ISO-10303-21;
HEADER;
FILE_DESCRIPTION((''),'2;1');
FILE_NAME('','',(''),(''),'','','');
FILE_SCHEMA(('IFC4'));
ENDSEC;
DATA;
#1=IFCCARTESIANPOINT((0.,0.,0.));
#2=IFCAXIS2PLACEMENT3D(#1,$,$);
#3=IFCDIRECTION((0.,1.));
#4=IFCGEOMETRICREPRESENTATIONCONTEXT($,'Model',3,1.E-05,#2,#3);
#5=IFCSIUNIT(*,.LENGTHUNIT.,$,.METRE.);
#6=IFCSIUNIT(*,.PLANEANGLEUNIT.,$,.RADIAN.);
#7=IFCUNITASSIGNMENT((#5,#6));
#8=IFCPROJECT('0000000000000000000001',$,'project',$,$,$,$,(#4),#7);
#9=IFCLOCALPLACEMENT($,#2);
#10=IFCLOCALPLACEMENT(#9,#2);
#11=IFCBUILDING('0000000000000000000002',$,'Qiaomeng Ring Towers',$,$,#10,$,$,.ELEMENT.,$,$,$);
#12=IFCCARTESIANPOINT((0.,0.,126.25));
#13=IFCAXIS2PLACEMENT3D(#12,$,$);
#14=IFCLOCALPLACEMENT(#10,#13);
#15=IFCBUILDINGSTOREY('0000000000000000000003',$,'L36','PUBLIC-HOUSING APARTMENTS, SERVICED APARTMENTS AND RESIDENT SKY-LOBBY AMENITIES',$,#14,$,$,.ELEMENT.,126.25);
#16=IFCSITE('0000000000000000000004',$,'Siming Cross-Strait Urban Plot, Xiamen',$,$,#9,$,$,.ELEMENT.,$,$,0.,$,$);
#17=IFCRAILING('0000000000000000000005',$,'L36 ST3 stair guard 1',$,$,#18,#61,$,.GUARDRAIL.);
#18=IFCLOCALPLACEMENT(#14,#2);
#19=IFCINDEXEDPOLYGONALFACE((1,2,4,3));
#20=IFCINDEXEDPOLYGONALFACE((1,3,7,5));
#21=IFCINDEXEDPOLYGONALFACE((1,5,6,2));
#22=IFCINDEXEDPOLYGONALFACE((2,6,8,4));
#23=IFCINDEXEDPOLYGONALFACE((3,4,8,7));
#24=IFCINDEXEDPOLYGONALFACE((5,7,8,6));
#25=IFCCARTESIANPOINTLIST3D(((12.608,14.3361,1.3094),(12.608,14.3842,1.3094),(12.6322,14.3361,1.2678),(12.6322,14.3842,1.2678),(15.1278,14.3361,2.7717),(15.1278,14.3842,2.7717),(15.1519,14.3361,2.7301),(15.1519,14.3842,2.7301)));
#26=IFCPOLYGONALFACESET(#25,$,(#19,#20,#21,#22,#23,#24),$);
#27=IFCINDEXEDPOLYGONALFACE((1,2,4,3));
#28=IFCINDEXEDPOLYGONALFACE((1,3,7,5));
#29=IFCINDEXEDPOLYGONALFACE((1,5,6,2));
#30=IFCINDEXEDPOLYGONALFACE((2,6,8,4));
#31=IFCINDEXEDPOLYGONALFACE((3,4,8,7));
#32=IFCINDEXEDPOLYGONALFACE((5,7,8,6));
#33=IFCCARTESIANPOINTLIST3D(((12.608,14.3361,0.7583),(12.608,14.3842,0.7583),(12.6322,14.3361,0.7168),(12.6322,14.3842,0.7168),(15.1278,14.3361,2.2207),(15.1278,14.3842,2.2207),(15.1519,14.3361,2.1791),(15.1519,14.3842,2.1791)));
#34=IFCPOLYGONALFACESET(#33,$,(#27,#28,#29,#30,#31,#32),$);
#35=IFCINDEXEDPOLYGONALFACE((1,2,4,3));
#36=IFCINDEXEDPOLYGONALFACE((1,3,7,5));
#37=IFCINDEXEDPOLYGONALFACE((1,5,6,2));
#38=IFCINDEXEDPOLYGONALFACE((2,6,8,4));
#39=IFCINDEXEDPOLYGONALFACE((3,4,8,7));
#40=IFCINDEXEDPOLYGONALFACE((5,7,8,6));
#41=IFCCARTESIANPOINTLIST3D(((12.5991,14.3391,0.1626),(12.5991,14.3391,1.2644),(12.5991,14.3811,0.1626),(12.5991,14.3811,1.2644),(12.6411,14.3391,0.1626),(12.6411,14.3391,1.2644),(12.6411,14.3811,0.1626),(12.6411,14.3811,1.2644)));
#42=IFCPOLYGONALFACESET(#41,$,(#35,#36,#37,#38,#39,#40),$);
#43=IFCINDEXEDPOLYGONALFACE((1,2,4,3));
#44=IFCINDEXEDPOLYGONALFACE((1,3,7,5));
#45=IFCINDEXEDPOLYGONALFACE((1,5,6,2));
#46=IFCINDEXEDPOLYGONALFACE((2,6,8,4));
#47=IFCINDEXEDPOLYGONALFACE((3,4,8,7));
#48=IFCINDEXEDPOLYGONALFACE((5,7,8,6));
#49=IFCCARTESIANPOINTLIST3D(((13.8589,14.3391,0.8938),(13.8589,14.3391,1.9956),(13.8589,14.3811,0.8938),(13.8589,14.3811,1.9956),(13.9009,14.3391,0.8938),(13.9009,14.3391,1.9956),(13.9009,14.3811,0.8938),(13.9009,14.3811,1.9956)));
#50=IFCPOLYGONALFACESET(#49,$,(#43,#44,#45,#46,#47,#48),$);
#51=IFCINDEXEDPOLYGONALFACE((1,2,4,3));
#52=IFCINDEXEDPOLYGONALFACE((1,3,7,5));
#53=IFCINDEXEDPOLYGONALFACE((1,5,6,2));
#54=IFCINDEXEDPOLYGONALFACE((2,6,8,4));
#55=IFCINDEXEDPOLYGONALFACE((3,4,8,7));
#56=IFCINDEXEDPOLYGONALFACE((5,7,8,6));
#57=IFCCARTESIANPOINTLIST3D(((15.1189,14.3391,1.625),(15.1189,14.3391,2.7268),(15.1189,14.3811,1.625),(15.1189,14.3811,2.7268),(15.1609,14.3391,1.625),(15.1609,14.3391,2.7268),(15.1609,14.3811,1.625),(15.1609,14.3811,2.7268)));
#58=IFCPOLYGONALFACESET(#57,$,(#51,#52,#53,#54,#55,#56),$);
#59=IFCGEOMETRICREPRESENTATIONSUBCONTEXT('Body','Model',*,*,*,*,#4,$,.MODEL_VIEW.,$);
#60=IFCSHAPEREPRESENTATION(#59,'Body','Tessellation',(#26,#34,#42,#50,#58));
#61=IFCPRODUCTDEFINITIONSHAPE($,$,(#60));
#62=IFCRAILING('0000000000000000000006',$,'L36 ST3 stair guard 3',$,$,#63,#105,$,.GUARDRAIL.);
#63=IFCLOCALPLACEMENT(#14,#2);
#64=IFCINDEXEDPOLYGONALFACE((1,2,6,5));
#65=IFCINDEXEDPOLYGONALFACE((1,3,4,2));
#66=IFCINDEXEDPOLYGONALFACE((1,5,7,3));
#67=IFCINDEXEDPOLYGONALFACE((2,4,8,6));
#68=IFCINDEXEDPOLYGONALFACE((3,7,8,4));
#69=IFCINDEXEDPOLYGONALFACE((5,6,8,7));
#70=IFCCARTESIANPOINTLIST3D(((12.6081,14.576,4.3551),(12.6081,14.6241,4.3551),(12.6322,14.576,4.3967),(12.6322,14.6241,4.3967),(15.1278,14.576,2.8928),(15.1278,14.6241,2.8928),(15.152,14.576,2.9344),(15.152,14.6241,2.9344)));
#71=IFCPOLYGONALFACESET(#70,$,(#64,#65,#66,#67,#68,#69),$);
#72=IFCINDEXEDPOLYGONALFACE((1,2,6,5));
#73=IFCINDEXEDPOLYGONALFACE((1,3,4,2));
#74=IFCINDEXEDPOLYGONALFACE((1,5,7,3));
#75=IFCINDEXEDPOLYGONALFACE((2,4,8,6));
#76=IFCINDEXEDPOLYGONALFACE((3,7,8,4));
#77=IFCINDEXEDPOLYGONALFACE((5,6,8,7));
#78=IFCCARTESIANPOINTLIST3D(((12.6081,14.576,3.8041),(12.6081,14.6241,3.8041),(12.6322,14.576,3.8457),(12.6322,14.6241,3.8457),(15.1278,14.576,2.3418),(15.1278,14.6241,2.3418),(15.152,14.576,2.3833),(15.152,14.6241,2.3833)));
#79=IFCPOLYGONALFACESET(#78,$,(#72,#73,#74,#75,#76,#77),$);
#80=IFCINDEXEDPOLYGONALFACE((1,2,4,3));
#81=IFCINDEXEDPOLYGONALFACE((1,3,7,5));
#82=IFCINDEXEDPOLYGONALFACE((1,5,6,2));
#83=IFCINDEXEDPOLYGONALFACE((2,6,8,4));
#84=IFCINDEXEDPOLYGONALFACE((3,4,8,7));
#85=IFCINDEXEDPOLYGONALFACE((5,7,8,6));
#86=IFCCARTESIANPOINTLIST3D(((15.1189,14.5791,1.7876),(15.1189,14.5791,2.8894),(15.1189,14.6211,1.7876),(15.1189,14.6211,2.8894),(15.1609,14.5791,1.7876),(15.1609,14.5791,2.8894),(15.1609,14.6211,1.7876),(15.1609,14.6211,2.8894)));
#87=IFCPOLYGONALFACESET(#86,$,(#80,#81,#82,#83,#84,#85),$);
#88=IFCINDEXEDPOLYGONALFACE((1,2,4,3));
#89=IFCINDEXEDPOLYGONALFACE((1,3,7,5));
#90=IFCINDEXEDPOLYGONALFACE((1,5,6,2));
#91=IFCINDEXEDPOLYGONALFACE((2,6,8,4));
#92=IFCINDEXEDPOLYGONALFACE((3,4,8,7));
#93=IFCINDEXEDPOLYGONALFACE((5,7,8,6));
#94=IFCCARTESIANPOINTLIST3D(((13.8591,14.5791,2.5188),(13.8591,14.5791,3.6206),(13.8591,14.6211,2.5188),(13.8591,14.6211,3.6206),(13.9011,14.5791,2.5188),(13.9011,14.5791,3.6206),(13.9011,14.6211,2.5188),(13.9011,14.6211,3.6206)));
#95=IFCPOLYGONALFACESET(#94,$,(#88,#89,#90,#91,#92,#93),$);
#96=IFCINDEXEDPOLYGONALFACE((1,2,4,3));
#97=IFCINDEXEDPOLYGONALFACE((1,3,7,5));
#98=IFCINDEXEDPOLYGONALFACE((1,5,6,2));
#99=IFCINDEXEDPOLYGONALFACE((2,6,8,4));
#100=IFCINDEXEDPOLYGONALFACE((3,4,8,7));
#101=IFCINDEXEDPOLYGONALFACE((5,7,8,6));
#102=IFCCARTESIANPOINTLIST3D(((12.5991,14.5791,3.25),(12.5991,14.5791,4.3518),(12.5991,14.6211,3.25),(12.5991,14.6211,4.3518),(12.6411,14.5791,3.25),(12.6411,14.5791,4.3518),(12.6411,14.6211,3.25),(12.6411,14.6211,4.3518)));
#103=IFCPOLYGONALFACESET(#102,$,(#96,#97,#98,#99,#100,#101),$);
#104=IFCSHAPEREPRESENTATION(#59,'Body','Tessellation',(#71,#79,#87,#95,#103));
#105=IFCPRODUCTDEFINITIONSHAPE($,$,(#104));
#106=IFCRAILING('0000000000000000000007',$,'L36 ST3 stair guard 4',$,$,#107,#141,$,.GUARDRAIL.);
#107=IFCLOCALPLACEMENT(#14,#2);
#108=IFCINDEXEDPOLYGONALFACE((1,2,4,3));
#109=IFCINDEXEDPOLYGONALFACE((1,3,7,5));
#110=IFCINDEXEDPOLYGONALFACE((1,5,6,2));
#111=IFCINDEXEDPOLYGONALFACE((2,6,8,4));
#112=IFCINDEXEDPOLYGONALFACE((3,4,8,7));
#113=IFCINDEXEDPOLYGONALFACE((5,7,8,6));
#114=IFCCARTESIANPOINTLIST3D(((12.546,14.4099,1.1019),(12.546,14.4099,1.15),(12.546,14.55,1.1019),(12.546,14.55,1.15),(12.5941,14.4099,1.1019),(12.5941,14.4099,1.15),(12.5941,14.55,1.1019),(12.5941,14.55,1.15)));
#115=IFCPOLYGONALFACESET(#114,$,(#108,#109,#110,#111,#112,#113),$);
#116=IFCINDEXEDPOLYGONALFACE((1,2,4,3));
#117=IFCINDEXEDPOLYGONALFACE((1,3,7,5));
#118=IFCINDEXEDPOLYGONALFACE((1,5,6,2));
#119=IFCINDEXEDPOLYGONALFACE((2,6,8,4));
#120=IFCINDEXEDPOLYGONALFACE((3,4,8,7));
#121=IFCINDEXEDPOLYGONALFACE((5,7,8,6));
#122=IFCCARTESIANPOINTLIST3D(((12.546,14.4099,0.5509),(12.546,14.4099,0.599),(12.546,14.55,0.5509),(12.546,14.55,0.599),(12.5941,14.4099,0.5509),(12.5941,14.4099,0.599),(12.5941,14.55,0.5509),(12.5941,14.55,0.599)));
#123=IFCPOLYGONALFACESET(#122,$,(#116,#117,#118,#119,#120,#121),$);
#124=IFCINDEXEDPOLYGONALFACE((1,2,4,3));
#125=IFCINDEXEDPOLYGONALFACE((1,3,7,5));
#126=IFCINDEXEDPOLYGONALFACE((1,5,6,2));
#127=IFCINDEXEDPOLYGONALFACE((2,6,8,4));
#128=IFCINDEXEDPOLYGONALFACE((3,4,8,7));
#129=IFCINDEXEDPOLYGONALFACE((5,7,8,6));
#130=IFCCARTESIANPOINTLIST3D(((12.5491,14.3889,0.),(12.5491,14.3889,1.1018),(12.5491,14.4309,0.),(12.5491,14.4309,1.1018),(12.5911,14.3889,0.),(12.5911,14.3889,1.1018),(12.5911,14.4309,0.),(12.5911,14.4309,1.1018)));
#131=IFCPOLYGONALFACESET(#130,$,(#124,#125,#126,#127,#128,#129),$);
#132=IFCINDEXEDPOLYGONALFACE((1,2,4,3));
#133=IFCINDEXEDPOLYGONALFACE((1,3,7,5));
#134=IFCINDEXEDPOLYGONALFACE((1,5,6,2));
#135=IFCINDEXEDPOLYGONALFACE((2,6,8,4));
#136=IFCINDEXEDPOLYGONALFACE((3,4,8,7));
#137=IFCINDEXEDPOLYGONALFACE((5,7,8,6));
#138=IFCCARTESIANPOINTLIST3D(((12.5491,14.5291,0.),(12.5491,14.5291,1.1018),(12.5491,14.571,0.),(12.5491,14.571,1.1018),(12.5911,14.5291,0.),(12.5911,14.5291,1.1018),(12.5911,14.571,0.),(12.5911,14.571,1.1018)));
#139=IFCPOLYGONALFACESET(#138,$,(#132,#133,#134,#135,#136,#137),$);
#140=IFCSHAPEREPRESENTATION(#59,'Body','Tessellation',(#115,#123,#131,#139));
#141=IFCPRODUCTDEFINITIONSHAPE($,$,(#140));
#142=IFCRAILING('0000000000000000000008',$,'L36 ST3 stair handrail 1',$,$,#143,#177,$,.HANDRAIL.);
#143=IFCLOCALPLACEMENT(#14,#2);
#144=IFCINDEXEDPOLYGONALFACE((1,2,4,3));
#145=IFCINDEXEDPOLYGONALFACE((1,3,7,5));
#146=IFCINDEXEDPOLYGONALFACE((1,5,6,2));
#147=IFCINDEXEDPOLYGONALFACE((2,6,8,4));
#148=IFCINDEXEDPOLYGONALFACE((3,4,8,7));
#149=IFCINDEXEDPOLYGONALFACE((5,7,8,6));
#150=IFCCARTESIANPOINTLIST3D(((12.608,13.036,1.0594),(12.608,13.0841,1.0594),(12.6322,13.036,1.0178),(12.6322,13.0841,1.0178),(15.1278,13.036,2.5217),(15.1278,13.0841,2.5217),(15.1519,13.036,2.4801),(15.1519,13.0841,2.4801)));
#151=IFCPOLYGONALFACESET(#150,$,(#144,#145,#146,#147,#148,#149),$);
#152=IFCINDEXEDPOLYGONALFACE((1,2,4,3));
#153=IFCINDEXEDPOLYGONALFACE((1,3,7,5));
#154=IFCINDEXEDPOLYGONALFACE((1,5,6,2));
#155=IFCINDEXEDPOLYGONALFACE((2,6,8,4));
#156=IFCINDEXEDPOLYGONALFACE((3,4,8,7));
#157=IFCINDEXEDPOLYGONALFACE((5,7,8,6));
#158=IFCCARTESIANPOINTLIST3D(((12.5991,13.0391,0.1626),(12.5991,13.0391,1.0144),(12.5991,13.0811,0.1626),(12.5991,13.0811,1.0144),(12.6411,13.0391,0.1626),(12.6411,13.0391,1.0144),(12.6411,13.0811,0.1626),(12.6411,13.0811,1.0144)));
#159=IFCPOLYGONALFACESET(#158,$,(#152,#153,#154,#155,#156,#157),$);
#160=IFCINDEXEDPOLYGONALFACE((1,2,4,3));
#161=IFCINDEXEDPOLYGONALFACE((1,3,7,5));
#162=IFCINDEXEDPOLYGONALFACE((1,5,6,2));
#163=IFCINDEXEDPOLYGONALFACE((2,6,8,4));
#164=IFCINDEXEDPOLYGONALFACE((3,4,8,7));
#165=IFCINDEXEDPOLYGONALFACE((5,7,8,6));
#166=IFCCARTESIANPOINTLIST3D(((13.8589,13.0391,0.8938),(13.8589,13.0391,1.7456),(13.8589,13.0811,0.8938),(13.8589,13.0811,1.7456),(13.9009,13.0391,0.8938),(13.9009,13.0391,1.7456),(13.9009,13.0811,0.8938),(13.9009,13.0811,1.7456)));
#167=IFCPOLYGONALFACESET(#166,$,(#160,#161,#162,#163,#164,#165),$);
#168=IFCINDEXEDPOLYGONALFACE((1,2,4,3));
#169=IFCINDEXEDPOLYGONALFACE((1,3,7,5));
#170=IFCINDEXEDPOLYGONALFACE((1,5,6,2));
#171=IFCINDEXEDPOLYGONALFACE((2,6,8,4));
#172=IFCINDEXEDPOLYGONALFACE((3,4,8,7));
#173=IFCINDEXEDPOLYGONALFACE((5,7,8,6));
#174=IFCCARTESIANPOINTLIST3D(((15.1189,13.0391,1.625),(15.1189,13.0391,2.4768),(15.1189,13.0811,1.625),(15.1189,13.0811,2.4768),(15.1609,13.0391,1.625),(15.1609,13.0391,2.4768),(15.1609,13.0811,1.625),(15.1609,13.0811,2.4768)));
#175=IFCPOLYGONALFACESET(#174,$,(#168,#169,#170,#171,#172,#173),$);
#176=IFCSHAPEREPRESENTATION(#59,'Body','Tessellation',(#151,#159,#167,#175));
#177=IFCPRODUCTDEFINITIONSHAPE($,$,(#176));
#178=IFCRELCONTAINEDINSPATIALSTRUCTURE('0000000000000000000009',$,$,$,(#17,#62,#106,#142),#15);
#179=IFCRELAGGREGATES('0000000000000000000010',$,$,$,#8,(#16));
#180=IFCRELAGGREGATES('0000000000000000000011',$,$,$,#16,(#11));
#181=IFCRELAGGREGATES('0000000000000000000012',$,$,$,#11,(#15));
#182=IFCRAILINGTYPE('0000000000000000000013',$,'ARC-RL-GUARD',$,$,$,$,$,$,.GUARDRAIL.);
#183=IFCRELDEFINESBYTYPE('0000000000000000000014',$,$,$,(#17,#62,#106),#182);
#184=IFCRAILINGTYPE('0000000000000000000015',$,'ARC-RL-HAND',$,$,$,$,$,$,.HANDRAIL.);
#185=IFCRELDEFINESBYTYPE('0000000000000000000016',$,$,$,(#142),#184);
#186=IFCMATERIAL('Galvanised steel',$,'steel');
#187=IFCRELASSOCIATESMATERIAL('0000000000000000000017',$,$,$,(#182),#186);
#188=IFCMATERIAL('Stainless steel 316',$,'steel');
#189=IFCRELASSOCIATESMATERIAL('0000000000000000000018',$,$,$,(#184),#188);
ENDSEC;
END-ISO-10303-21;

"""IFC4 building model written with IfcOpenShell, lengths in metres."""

from ifc_helpers import new_model, si_unit, direction, frame, origin, origin_2d, place, context, subcontext, project, spatial, rectangle, extrude, material, type_object, element, save


model = new_model("IFC4")

# Units and contexts
model_context = context("Model", 3, precision=1e-05, world=origin(), true_north=direction((0.0, 1.0)))
body_context = subcontext(model_context, "Body", "Model", "MODEL_VIEW")
ifc_project = project(units=[si_unit("LENGTHUNIT", "METRE"), si_unit("PLANEANGLEUNIT", "RADIAN")], contexts=[model_context])

# Site, building, storey
site_placement = place(None, origin())
site = spatial("IfcSite", under=ifc_project, at=site_placement, Name="Siming Cross-Strait Urban Plot, Xiamen", CompositionType="ELEMENT", RefElevation=0.0)
building_placement = place(site_placement, origin())
building = spatial("IfcBuilding", under=site, at=building_placement, Name="Qiaomeng Ring Towers", CompositionType="ELEMENT")
storey_placement = place(building_placement, frame((0.0, 0.0, 126.25)))
storey = spatial("IfcBuildingStorey", under=building, at=storey_placement, Name="L36", Description="PUBLIC-HOUSING APARTMENTS, SERVICED APARTMENTS AND RESIDENT SKY-LOBBY AMENITIES", CompositionType="ELEMENT", Elevation=126.25)

# Shared definitions
ifc_material_1 = material(Name="Galvanised steel", Category="steel")

# Railings
railing_type_1 = type_object("IfcRailingType", Name="ARC-RL-GUARD", PredefinedType="GUARDRAIL", material=ifc_material_1)
railing_1_placement = place(storey_placement, frame((12.6201, 14.3601, 0.1626)))
element("IfcRailing", 1, at=railing_1_placement, inside=storey, type_object=railing_type_1, Name="L36 ST3 stair guard 1", PredefinedType="GUARDRAIL", context=body_context, shape_type="SweptSolid", body=[
    extrude(rectangle(XDim=0.0481, YDim=0.0481, at=origin_2d()), frame((0.0, 0.0, 1.126), z_axis=(0.864892, 0.0, 0.501958), x_axis=(0.0, 1.0, 0.0)), (0.0, 0.0, 1.0), 2.9133),
    extrude(rectangle(XDim=0.0481, YDim=0.0481, at=origin_2d()), frame((0.0, 0.0, 0.575), z_axis=(0.864892, 0.0, 0.501958), x_axis=(0.0, 1.0, 0.0)), (0.0, 0.0, 1.0), 2.9133),
    extrude(rectangle(XDim=0.042, YDim=0.042, at=origin_2d()), origin(), (0.0, 0.0, 1.0), 1.1018),
    extrude(rectangle(XDim=0.042, YDim=0.042, at=origin_2d()), frame((1.2598, 0.0, 0.7312)), (0.0, 0.0, 1.0), 1.1018),
    extrude(rectangle(XDim=0.042, YDim=0.042, at=origin_2d()), frame((2.5198, 0.0, 1.4624)), (0.0, 0.0, 1.0), 1.1018),
])
railing_2_placement = place(storey_placement, frame((15.1399, 14.6001, 1.7876)))
element("IfcRailing", 2, at=railing_2_placement, inside=storey, type_object=railing_type_1, Name="L36 ST3 stair guard 3", PredefinedType="GUARDRAIL", context=body_context, shape_type="SweptSolid", body=[
    extrude(rectangle(XDim=0.0481, YDim=0.0481, at=origin_2d()), frame((0.0, 0.0, 1.126), z_axis=(-0.864892, 0.0, 0.501958), x_axis=(0.0, -1.0, 0.0)), (0.0, 0.0, 1.0), 2.9133),
    extrude(rectangle(XDim=0.0481, YDim=0.0481, at=origin_2d()), frame((0.0, 0.0, 0.575), z_axis=(-0.864892, 0.0, 0.501958), x_axis=(0.0, -1.0, 0.0)), (0.0, 0.0, 1.0), 2.9133),
    extrude(rectangle(XDim=0.042, YDim=0.042, at=origin_2d()), origin(), (0.0, 0.0, 1.0), 1.1018),
    extrude(rectangle(XDim=0.042, YDim=0.042, at=origin_2d()), frame((-1.2598, 0.0, 0.7312)), (0.0, 0.0, 1.0), 1.1018),
    extrude(rectangle(XDim=0.042, YDim=0.042, at=origin_2d()), frame((-2.5198, 0.0, 1.4624)), (0.0, 0.0, 1.0), 1.1018),
])
railing_3_placement = place(storey_placement, frame((12.5701, 14.4099, 0.0)))
element("IfcRailing", 3, at=railing_3_placement, inside=storey, type_object=railing_type_1, Name="L36 ST3 stair guard 4", PredefinedType="GUARDRAIL", context=body_context, shape_type="SweptSolid", body=[
    extrude(rectangle(XDim=0.0481, YDim=0.0481, at=origin_2d()), frame((0.0, 0.0, 1.126), z_axis=(0.0, 1.0, 0.0), x_axis=(-1.0, 0.0, 0.0)), (0.0, 0.0, 1.0), 0.1401),
    extrude(rectangle(XDim=0.0481, YDim=0.0481, at=origin_2d()), frame((0.0, 0.0, 0.575), z_axis=(0.0, 1.0, 0.0), x_axis=(-1.0, 0.0, 0.0)), (0.0, 0.0, 1.0), 0.1401),
    extrude(rectangle(XDim=0.042, YDim=0.042, at=origin_2d()), origin(), (0.0, 0.0, 1.0), 1.1018),
    extrude(rectangle(XDim=0.042, YDim=0.042, at=origin_2d()), frame((0.0, 0.1401, 0.0)), (0.0, 0.0, 1.0), 1.1018),
])
ifc_material_2 = material(Name="Stainless steel 316", Category="steel")
railing_type_2 = type_object("IfcRailingType", Name="ARC-RL-HAND", PredefinedType="HANDRAIL", material=ifc_material_2)
railing_4_placement = place(storey_placement, frame((12.6201, 13.0601, 0.1626)))
element("IfcRailing", 4, at=railing_4_placement, inside=storey, type_object=railing_type_2, Name="L36 ST3 stair handrail 1", PredefinedType="HANDRAIL", context=body_context, shape_type="SweptSolid", body=[
    extrude(rectangle(XDim=0.0481, YDim=0.0481, at=origin_2d()), frame((0.0, 0.0, 0.876), z_axis=(0.864892, 0.0, 0.501958), x_axis=(0.0, 1.0, 0.0)), (0.0, 0.0, 1.0), 2.9133),
    extrude(rectangle(XDim=0.042, YDim=0.042, at=origin_2d()), origin(), (0.0, 0.0, 1.0), 0.8518),
    extrude(rectangle(XDim=0.042, YDim=0.042, at=origin_2d()), frame((1.2598, 0.0, 0.7312)), (0.0, 0.0, 1.0), 0.8518),
    extrude(rectangle(XDim=0.042, YDim=0.042, at=origin_2d()), frame((2.5198, 0.0, 1.4624)), (0.0, 0.0, 1.0), 0.8518),
])

save(model, "model.ifc")
